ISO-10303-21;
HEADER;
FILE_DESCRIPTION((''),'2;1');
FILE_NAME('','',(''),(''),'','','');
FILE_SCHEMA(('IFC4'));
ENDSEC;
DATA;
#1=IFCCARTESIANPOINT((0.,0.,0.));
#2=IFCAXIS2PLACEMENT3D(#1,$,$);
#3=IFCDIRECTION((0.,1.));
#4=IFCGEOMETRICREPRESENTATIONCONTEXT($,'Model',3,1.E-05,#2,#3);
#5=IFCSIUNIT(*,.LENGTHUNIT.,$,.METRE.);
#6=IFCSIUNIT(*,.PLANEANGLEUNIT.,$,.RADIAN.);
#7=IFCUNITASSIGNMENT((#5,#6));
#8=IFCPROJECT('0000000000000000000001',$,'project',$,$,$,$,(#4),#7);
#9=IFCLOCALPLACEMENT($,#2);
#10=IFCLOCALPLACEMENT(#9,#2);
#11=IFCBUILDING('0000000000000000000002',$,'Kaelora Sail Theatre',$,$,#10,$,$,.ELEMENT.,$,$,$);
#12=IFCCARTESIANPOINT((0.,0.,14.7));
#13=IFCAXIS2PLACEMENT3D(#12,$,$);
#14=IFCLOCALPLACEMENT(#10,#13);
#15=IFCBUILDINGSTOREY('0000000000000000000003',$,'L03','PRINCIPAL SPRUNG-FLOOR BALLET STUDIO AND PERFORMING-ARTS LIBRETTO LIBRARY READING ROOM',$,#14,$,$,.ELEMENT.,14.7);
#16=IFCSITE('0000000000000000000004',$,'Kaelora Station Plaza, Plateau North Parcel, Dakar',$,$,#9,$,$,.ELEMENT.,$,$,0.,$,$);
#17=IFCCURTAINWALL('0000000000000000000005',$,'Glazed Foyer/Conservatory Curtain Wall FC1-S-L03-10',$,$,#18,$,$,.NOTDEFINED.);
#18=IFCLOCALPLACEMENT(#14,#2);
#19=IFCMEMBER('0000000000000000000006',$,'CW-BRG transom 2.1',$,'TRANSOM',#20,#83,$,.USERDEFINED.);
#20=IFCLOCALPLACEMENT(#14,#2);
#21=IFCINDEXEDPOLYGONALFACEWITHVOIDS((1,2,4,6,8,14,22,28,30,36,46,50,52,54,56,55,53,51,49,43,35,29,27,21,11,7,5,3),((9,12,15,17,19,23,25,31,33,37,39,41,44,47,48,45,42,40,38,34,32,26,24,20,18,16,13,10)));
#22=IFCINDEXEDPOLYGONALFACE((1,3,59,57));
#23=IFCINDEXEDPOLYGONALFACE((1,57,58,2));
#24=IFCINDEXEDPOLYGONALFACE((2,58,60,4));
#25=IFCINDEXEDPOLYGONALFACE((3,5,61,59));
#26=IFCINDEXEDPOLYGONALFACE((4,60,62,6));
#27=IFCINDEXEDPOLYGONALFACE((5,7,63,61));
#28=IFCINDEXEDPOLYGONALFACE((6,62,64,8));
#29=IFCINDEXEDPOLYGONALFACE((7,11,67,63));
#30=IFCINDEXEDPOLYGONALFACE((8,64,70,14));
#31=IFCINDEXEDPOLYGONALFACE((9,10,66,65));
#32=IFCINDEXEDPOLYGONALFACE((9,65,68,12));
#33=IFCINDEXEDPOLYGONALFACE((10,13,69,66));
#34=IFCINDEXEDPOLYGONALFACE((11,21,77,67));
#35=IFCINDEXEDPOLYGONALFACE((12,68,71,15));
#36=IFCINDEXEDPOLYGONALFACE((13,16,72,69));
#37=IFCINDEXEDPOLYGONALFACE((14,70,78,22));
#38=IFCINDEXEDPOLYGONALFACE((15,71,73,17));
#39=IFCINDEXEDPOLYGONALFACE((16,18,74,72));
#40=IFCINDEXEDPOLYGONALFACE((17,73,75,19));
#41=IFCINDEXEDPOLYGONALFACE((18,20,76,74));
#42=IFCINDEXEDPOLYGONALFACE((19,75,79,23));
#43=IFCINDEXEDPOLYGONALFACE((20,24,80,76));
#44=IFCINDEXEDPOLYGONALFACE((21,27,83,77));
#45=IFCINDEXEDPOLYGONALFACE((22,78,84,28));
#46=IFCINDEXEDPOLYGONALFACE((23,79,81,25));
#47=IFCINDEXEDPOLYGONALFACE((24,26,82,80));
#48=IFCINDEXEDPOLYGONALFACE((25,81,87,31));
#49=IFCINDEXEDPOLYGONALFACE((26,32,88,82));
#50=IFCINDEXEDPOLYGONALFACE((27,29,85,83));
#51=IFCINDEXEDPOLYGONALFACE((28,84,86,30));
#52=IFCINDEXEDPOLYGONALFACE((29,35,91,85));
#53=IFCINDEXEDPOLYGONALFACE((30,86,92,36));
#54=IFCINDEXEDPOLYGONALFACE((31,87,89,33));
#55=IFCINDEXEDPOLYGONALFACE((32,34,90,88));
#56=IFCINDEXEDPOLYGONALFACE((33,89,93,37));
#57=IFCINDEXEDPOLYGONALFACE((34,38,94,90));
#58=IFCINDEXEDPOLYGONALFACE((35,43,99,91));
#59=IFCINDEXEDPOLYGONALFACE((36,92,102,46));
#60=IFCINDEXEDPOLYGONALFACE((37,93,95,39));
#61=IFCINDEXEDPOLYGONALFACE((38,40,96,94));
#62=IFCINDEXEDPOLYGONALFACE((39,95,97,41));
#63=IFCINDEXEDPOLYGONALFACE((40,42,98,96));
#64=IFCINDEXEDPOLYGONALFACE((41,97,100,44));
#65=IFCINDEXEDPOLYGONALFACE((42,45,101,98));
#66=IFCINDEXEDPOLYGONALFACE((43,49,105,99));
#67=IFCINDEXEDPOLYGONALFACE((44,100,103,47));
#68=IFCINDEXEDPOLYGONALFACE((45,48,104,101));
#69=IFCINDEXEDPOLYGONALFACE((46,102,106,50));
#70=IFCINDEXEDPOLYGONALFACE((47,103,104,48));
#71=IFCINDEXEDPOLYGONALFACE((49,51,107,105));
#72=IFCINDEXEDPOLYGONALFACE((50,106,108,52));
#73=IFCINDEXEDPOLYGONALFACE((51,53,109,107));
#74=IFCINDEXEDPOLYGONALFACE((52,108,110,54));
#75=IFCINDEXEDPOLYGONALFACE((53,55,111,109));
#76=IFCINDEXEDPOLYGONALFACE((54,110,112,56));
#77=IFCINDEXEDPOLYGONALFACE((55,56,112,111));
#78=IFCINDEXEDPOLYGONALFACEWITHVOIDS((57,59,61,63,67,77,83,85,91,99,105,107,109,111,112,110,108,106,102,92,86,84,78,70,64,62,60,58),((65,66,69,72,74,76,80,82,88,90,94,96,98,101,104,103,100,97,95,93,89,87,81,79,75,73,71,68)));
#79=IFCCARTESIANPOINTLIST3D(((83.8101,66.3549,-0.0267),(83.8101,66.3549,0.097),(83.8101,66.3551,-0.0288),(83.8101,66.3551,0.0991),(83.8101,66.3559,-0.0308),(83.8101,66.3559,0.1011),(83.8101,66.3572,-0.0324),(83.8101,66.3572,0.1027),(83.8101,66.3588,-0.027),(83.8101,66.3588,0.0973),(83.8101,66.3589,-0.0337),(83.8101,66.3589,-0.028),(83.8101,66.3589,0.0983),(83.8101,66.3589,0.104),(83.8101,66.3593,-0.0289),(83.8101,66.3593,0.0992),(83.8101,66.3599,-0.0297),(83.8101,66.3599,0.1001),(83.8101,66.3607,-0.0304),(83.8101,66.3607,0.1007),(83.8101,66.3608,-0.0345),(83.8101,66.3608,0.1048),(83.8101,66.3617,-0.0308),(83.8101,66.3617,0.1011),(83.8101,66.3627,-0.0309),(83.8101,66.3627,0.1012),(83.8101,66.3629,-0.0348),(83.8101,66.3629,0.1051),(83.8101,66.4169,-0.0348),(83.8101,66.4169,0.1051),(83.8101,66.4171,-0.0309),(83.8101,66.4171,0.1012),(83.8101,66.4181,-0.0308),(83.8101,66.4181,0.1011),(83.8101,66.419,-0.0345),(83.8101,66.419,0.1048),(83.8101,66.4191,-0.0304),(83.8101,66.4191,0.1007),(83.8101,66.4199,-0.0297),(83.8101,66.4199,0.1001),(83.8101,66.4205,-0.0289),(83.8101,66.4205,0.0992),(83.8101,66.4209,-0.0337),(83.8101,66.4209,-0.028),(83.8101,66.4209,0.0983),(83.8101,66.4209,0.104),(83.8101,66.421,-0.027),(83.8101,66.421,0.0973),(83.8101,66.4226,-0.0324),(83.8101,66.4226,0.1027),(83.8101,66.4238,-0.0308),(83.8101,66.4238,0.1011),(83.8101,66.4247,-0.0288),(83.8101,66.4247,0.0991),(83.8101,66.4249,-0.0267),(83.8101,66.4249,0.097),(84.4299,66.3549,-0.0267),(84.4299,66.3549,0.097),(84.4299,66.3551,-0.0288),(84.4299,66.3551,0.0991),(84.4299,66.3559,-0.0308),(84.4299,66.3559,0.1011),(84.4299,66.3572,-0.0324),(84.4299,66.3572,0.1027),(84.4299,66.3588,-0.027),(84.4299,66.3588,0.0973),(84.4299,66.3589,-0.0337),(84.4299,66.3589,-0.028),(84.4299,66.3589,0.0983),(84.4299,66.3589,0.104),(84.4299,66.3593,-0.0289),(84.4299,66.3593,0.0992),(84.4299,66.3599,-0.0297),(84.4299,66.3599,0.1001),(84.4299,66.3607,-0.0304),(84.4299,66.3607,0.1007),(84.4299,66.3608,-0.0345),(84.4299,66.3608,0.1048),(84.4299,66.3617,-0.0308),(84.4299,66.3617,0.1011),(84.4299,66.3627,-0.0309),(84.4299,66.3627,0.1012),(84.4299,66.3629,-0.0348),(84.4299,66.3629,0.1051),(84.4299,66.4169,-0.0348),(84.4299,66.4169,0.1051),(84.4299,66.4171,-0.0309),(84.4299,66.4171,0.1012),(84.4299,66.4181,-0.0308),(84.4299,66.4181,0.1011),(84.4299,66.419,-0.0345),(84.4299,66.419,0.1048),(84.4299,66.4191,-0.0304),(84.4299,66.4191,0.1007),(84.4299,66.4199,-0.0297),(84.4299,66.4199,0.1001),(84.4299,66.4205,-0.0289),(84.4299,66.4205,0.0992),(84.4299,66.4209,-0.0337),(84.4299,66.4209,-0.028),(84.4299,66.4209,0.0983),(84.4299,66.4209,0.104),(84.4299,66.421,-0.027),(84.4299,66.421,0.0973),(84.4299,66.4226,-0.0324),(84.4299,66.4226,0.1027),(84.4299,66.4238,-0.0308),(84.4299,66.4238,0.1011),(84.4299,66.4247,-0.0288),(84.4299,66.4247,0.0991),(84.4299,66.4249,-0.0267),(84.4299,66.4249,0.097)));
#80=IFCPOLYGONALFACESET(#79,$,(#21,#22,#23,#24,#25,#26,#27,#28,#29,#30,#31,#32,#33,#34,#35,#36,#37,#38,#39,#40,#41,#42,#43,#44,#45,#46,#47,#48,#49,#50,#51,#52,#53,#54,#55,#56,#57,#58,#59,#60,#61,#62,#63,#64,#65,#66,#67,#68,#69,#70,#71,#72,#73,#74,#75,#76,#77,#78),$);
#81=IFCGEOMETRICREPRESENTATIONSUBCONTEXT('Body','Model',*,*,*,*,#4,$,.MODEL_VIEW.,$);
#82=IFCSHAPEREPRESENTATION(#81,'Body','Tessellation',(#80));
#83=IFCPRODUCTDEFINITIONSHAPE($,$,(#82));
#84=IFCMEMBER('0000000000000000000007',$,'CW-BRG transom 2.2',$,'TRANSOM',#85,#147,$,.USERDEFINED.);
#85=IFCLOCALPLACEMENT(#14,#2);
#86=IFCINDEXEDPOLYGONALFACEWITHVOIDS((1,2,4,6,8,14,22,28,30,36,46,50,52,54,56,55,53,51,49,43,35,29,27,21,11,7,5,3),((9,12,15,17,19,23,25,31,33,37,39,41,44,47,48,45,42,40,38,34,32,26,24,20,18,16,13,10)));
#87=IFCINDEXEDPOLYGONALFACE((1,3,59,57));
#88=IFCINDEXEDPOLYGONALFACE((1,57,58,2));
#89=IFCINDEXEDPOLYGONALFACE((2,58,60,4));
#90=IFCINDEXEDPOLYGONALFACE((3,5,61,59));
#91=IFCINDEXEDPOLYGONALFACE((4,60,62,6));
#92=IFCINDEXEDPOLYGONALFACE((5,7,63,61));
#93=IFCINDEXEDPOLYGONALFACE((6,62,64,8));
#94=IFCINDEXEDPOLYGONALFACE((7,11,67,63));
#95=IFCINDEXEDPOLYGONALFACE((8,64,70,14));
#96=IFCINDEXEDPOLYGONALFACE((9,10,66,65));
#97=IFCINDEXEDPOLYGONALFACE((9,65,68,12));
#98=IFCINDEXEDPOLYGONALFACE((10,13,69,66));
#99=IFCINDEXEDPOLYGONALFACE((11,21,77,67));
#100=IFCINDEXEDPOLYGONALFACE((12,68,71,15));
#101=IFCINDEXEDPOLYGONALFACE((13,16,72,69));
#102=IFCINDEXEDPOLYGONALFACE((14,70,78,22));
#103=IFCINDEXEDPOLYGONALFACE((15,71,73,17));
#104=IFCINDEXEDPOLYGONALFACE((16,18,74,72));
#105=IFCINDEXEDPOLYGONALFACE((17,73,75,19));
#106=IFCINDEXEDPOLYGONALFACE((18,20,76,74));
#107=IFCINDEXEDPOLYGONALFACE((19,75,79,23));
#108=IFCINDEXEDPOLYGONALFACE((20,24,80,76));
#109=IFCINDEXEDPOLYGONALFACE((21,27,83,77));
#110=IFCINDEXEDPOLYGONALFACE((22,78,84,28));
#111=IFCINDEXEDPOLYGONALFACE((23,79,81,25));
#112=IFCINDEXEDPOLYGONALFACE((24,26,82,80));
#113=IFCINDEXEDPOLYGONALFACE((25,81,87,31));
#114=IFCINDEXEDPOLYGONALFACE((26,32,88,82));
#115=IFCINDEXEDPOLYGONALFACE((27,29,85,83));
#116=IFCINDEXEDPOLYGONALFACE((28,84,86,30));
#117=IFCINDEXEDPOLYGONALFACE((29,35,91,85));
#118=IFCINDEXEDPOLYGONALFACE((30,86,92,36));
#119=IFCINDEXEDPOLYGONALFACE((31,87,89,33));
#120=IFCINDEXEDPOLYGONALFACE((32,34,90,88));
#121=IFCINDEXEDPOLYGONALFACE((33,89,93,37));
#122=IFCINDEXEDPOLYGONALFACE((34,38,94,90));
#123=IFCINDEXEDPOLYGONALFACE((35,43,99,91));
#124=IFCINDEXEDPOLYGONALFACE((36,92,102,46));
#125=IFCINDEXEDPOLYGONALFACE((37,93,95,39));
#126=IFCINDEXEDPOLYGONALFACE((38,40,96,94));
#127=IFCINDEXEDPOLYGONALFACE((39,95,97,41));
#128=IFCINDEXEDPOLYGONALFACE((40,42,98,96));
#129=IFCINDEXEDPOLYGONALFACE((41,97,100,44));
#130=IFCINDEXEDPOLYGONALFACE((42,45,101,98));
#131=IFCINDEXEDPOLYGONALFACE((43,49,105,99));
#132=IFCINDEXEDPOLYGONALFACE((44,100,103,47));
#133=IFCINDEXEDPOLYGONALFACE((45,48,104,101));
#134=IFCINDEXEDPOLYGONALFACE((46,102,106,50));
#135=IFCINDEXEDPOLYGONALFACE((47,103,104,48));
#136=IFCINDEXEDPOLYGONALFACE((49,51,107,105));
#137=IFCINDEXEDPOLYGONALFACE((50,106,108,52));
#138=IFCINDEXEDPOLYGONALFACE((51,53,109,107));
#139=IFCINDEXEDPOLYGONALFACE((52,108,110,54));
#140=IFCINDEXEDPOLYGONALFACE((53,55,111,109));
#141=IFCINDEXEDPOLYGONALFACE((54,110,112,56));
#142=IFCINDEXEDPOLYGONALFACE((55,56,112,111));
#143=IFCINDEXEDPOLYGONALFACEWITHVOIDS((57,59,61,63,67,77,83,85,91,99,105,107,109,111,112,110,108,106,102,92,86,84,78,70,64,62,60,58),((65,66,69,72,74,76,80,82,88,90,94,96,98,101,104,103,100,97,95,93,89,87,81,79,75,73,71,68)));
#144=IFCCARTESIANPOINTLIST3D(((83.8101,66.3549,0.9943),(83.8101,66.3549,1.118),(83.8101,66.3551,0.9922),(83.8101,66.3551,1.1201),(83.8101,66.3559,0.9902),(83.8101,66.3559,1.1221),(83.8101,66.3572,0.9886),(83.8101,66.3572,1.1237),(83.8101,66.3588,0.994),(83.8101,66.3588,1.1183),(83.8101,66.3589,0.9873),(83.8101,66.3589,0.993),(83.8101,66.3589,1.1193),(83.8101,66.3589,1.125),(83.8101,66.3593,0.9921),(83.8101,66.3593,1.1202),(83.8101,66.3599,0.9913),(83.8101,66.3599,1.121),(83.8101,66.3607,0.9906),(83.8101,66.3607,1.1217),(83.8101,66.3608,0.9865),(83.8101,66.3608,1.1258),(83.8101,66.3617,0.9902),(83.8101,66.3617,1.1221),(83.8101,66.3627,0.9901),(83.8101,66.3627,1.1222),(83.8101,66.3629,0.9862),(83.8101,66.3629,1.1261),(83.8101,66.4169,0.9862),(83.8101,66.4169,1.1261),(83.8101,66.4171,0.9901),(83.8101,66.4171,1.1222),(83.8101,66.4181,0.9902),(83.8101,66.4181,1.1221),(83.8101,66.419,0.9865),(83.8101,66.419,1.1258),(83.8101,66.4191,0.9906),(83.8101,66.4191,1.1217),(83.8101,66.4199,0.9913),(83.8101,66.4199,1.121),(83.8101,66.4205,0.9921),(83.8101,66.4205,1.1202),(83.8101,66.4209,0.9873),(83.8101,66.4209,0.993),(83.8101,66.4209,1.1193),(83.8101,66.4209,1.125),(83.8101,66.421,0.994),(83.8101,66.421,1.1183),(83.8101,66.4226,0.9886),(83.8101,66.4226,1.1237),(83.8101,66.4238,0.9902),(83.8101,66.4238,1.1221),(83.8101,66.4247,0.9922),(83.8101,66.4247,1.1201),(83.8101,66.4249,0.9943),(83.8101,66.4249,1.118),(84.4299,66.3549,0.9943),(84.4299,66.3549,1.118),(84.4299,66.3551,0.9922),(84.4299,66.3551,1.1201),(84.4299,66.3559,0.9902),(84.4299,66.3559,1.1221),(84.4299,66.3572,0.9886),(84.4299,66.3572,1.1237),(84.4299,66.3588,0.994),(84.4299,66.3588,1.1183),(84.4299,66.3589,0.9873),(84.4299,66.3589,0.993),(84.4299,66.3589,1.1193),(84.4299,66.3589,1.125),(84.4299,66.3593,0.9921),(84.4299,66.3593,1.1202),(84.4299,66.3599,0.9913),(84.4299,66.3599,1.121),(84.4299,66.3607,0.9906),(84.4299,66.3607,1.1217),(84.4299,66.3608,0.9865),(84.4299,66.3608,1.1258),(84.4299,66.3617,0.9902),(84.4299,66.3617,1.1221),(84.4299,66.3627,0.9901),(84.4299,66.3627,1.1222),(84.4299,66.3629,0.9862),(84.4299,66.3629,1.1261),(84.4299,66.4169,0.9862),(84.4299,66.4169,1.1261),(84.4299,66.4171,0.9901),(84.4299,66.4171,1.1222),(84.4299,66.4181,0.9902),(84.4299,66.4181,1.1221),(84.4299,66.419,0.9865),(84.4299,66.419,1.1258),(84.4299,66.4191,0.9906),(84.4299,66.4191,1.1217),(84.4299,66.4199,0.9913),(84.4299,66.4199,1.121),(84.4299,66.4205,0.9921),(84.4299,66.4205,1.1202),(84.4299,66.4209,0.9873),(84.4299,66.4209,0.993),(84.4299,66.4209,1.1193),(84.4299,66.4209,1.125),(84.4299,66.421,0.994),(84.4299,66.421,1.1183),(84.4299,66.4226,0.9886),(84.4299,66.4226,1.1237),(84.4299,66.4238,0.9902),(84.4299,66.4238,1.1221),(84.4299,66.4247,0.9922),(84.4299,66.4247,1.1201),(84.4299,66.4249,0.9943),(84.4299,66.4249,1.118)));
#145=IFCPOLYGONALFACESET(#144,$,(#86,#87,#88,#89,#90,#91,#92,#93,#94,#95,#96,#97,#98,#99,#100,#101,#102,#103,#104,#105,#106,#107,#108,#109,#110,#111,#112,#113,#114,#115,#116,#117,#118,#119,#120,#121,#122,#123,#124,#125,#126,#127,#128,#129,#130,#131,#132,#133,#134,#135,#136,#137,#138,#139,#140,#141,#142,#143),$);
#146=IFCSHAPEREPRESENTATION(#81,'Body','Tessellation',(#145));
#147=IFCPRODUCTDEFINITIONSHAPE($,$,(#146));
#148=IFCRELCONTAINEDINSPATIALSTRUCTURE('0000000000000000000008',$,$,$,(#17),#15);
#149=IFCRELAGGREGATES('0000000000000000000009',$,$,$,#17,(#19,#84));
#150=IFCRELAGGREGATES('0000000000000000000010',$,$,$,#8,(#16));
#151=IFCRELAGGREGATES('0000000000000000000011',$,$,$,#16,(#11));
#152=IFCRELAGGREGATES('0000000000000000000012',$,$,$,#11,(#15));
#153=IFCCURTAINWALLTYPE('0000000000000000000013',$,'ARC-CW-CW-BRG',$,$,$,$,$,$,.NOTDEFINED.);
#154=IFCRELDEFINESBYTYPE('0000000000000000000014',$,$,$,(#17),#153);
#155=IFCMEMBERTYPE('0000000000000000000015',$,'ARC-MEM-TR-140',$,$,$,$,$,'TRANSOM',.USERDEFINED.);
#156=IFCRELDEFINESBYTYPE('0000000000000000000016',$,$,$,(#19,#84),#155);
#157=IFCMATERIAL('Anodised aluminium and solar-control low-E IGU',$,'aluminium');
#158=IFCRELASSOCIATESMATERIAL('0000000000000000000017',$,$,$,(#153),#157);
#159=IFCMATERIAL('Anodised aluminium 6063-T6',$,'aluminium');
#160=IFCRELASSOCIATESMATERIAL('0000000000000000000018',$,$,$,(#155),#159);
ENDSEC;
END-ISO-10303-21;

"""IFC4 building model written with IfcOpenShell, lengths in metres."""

from ifc_helpers import new_model, si_unit, direction, frame, origin, origin_2d, place, context, subcontext, project, spatial, hollow_rectangle, extrude, material, material_profile, profile_set, type_object, element, aggregate, save


model = new_model("IFC4")

# Units and contexts
model_context = context("Model", 3, precision=1e-05, world=origin(), true_north=direction((0.0, 1.0)))
body_context = subcontext(model_context, "Body", "Model", "MODEL_VIEW")
ifc_project = project(units=[si_unit("LENGTHUNIT", "METRE"), si_unit("PLANEANGLEUNIT", "RADIAN")], contexts=[model_context])

# Site, building, storey
site_placement = place(None, origin())
site = spatial("IfcSite", under=ifc_project, at=site_placement, Name="Kaelora Station Plaza, Plateau North Parcel, Dakar", CompositionType="ELEMENT", RefElevation=0.0)
building_placement = place(site_placement, origin())
building = spatial("IfcBuilding", under=site, at=building_placement, Name="Kaelora Sail Theatre", CompositionType="ELEMENT")
storey_placement = place(building_placement, frame((0.0, 0.0, 14.7)))
storey = spatial("IfcBuildingStorey", under=building, at=storey_placement, Name="L03", Description="PRINCIPAL SPRUNG-FLOOR BALLET STUDIO AND PERFORMING-ARTS LIBRETTO LIBRARY READING ROOM", CompositionType="ELEMENT", Elevation=14.7)

# Shared definitions
ifc_material_1 = material(Name="Anodised aluminium and solar-control low-E IGU", Category="aluminium")
curtain_wall_type = type_object("IfcCurtainWallType", Name="ARC-CW-CW-BRG", PredefinedType="NOTDEFINED", material=ifc_material_1)

# Curtain wall
curtain_wall_1_placement = place(storey_placement, origin())
curtain_wall_1 = element("IfcCurtainWall", 1, at=curtain_wall_1_placement, inside=storey, type_object=curtain_wall_type, Name="Glazed Foyer/Conservatory Curtain Wall FC1-S-L03-10", PredefinedType="NOTDEFINED")

# Members
ifc_material_2 = material(Name="Anodised aluminium 6063-T6", Category="aluminium")
ifc_material_profile_1 = material_profile(ifc_material_2, hollow_rectangle(XDim=0.0701, YDim=0.1399, WallThickness=0.0039, InnerFilletRadius=0.0039, OuterFilletRadius=0.0081, at=origin_2d()), Name="ALU-TRAN 70x140x4")
ifc_profile_set_1 = profile_set([ifc_material_profile_1], Name="Anodised aluminium 6063-T6")
member_type_1 = type_object("IfcMemberType", Name="ARC-MEM-TR-140", ElementType="TRANSOM", PredefinedType="USERDEFINED", material=ifc_profile_set_1)
member_1_placement = place(storey_placement, frame((83.8101, 66.3899, 0.0352), z_axis=(1.0, 0.0, 0.0), x_axis=(0.0, 1.0, 0.0)))
member_1 = element("IfcMember", 2, at=member_1_placement, type_object=member_type_1, Name="CW-BRG transom 2.1", ObjectType="TRANSOM", PredefinedType="USERDEFINED", context=body_context, shape_type="SweptSolid", body=[
    extrude(hollow_rectangle(XDim=0.0701, YDim=0.1399, WallThickness=0.0039, InnerFilletRadius=0.0039, OuterFilletRadius=0.0081, at=origin_2d()), origin(), (0.0, 0.0, 1.0), 0.6199),
])
member_2_placement = place(storey_placement, frame((83.8101, 66.3899, 1.0562), z_axis=(1.0, 0.0, 0.0), x_axis=(0.0, 1.0, 0.0)))
member_2 = element("IfcMember", 3, at=member_2_placement, type_object=member_type_1, Name="CW-BRG transom 2.2", ObjectType="TRANSOM", PredefinedType="USERDEFINED", context=body_context, shape_type="SweptSolid", body=[
    extrude(hollow_rectangle(XDim=0.0701, YDim=0.1399, WallThickness=0.0039, InnerFilletRadius=0.0039, OuterFilletRadius=0.0081, at=origin_2d()), origin(), (0.0, 0.0, 1.0), 0.6199),
])

aggregate(curtain_wall_1, [member_1, member_2])

save(model, "model.ifc")
